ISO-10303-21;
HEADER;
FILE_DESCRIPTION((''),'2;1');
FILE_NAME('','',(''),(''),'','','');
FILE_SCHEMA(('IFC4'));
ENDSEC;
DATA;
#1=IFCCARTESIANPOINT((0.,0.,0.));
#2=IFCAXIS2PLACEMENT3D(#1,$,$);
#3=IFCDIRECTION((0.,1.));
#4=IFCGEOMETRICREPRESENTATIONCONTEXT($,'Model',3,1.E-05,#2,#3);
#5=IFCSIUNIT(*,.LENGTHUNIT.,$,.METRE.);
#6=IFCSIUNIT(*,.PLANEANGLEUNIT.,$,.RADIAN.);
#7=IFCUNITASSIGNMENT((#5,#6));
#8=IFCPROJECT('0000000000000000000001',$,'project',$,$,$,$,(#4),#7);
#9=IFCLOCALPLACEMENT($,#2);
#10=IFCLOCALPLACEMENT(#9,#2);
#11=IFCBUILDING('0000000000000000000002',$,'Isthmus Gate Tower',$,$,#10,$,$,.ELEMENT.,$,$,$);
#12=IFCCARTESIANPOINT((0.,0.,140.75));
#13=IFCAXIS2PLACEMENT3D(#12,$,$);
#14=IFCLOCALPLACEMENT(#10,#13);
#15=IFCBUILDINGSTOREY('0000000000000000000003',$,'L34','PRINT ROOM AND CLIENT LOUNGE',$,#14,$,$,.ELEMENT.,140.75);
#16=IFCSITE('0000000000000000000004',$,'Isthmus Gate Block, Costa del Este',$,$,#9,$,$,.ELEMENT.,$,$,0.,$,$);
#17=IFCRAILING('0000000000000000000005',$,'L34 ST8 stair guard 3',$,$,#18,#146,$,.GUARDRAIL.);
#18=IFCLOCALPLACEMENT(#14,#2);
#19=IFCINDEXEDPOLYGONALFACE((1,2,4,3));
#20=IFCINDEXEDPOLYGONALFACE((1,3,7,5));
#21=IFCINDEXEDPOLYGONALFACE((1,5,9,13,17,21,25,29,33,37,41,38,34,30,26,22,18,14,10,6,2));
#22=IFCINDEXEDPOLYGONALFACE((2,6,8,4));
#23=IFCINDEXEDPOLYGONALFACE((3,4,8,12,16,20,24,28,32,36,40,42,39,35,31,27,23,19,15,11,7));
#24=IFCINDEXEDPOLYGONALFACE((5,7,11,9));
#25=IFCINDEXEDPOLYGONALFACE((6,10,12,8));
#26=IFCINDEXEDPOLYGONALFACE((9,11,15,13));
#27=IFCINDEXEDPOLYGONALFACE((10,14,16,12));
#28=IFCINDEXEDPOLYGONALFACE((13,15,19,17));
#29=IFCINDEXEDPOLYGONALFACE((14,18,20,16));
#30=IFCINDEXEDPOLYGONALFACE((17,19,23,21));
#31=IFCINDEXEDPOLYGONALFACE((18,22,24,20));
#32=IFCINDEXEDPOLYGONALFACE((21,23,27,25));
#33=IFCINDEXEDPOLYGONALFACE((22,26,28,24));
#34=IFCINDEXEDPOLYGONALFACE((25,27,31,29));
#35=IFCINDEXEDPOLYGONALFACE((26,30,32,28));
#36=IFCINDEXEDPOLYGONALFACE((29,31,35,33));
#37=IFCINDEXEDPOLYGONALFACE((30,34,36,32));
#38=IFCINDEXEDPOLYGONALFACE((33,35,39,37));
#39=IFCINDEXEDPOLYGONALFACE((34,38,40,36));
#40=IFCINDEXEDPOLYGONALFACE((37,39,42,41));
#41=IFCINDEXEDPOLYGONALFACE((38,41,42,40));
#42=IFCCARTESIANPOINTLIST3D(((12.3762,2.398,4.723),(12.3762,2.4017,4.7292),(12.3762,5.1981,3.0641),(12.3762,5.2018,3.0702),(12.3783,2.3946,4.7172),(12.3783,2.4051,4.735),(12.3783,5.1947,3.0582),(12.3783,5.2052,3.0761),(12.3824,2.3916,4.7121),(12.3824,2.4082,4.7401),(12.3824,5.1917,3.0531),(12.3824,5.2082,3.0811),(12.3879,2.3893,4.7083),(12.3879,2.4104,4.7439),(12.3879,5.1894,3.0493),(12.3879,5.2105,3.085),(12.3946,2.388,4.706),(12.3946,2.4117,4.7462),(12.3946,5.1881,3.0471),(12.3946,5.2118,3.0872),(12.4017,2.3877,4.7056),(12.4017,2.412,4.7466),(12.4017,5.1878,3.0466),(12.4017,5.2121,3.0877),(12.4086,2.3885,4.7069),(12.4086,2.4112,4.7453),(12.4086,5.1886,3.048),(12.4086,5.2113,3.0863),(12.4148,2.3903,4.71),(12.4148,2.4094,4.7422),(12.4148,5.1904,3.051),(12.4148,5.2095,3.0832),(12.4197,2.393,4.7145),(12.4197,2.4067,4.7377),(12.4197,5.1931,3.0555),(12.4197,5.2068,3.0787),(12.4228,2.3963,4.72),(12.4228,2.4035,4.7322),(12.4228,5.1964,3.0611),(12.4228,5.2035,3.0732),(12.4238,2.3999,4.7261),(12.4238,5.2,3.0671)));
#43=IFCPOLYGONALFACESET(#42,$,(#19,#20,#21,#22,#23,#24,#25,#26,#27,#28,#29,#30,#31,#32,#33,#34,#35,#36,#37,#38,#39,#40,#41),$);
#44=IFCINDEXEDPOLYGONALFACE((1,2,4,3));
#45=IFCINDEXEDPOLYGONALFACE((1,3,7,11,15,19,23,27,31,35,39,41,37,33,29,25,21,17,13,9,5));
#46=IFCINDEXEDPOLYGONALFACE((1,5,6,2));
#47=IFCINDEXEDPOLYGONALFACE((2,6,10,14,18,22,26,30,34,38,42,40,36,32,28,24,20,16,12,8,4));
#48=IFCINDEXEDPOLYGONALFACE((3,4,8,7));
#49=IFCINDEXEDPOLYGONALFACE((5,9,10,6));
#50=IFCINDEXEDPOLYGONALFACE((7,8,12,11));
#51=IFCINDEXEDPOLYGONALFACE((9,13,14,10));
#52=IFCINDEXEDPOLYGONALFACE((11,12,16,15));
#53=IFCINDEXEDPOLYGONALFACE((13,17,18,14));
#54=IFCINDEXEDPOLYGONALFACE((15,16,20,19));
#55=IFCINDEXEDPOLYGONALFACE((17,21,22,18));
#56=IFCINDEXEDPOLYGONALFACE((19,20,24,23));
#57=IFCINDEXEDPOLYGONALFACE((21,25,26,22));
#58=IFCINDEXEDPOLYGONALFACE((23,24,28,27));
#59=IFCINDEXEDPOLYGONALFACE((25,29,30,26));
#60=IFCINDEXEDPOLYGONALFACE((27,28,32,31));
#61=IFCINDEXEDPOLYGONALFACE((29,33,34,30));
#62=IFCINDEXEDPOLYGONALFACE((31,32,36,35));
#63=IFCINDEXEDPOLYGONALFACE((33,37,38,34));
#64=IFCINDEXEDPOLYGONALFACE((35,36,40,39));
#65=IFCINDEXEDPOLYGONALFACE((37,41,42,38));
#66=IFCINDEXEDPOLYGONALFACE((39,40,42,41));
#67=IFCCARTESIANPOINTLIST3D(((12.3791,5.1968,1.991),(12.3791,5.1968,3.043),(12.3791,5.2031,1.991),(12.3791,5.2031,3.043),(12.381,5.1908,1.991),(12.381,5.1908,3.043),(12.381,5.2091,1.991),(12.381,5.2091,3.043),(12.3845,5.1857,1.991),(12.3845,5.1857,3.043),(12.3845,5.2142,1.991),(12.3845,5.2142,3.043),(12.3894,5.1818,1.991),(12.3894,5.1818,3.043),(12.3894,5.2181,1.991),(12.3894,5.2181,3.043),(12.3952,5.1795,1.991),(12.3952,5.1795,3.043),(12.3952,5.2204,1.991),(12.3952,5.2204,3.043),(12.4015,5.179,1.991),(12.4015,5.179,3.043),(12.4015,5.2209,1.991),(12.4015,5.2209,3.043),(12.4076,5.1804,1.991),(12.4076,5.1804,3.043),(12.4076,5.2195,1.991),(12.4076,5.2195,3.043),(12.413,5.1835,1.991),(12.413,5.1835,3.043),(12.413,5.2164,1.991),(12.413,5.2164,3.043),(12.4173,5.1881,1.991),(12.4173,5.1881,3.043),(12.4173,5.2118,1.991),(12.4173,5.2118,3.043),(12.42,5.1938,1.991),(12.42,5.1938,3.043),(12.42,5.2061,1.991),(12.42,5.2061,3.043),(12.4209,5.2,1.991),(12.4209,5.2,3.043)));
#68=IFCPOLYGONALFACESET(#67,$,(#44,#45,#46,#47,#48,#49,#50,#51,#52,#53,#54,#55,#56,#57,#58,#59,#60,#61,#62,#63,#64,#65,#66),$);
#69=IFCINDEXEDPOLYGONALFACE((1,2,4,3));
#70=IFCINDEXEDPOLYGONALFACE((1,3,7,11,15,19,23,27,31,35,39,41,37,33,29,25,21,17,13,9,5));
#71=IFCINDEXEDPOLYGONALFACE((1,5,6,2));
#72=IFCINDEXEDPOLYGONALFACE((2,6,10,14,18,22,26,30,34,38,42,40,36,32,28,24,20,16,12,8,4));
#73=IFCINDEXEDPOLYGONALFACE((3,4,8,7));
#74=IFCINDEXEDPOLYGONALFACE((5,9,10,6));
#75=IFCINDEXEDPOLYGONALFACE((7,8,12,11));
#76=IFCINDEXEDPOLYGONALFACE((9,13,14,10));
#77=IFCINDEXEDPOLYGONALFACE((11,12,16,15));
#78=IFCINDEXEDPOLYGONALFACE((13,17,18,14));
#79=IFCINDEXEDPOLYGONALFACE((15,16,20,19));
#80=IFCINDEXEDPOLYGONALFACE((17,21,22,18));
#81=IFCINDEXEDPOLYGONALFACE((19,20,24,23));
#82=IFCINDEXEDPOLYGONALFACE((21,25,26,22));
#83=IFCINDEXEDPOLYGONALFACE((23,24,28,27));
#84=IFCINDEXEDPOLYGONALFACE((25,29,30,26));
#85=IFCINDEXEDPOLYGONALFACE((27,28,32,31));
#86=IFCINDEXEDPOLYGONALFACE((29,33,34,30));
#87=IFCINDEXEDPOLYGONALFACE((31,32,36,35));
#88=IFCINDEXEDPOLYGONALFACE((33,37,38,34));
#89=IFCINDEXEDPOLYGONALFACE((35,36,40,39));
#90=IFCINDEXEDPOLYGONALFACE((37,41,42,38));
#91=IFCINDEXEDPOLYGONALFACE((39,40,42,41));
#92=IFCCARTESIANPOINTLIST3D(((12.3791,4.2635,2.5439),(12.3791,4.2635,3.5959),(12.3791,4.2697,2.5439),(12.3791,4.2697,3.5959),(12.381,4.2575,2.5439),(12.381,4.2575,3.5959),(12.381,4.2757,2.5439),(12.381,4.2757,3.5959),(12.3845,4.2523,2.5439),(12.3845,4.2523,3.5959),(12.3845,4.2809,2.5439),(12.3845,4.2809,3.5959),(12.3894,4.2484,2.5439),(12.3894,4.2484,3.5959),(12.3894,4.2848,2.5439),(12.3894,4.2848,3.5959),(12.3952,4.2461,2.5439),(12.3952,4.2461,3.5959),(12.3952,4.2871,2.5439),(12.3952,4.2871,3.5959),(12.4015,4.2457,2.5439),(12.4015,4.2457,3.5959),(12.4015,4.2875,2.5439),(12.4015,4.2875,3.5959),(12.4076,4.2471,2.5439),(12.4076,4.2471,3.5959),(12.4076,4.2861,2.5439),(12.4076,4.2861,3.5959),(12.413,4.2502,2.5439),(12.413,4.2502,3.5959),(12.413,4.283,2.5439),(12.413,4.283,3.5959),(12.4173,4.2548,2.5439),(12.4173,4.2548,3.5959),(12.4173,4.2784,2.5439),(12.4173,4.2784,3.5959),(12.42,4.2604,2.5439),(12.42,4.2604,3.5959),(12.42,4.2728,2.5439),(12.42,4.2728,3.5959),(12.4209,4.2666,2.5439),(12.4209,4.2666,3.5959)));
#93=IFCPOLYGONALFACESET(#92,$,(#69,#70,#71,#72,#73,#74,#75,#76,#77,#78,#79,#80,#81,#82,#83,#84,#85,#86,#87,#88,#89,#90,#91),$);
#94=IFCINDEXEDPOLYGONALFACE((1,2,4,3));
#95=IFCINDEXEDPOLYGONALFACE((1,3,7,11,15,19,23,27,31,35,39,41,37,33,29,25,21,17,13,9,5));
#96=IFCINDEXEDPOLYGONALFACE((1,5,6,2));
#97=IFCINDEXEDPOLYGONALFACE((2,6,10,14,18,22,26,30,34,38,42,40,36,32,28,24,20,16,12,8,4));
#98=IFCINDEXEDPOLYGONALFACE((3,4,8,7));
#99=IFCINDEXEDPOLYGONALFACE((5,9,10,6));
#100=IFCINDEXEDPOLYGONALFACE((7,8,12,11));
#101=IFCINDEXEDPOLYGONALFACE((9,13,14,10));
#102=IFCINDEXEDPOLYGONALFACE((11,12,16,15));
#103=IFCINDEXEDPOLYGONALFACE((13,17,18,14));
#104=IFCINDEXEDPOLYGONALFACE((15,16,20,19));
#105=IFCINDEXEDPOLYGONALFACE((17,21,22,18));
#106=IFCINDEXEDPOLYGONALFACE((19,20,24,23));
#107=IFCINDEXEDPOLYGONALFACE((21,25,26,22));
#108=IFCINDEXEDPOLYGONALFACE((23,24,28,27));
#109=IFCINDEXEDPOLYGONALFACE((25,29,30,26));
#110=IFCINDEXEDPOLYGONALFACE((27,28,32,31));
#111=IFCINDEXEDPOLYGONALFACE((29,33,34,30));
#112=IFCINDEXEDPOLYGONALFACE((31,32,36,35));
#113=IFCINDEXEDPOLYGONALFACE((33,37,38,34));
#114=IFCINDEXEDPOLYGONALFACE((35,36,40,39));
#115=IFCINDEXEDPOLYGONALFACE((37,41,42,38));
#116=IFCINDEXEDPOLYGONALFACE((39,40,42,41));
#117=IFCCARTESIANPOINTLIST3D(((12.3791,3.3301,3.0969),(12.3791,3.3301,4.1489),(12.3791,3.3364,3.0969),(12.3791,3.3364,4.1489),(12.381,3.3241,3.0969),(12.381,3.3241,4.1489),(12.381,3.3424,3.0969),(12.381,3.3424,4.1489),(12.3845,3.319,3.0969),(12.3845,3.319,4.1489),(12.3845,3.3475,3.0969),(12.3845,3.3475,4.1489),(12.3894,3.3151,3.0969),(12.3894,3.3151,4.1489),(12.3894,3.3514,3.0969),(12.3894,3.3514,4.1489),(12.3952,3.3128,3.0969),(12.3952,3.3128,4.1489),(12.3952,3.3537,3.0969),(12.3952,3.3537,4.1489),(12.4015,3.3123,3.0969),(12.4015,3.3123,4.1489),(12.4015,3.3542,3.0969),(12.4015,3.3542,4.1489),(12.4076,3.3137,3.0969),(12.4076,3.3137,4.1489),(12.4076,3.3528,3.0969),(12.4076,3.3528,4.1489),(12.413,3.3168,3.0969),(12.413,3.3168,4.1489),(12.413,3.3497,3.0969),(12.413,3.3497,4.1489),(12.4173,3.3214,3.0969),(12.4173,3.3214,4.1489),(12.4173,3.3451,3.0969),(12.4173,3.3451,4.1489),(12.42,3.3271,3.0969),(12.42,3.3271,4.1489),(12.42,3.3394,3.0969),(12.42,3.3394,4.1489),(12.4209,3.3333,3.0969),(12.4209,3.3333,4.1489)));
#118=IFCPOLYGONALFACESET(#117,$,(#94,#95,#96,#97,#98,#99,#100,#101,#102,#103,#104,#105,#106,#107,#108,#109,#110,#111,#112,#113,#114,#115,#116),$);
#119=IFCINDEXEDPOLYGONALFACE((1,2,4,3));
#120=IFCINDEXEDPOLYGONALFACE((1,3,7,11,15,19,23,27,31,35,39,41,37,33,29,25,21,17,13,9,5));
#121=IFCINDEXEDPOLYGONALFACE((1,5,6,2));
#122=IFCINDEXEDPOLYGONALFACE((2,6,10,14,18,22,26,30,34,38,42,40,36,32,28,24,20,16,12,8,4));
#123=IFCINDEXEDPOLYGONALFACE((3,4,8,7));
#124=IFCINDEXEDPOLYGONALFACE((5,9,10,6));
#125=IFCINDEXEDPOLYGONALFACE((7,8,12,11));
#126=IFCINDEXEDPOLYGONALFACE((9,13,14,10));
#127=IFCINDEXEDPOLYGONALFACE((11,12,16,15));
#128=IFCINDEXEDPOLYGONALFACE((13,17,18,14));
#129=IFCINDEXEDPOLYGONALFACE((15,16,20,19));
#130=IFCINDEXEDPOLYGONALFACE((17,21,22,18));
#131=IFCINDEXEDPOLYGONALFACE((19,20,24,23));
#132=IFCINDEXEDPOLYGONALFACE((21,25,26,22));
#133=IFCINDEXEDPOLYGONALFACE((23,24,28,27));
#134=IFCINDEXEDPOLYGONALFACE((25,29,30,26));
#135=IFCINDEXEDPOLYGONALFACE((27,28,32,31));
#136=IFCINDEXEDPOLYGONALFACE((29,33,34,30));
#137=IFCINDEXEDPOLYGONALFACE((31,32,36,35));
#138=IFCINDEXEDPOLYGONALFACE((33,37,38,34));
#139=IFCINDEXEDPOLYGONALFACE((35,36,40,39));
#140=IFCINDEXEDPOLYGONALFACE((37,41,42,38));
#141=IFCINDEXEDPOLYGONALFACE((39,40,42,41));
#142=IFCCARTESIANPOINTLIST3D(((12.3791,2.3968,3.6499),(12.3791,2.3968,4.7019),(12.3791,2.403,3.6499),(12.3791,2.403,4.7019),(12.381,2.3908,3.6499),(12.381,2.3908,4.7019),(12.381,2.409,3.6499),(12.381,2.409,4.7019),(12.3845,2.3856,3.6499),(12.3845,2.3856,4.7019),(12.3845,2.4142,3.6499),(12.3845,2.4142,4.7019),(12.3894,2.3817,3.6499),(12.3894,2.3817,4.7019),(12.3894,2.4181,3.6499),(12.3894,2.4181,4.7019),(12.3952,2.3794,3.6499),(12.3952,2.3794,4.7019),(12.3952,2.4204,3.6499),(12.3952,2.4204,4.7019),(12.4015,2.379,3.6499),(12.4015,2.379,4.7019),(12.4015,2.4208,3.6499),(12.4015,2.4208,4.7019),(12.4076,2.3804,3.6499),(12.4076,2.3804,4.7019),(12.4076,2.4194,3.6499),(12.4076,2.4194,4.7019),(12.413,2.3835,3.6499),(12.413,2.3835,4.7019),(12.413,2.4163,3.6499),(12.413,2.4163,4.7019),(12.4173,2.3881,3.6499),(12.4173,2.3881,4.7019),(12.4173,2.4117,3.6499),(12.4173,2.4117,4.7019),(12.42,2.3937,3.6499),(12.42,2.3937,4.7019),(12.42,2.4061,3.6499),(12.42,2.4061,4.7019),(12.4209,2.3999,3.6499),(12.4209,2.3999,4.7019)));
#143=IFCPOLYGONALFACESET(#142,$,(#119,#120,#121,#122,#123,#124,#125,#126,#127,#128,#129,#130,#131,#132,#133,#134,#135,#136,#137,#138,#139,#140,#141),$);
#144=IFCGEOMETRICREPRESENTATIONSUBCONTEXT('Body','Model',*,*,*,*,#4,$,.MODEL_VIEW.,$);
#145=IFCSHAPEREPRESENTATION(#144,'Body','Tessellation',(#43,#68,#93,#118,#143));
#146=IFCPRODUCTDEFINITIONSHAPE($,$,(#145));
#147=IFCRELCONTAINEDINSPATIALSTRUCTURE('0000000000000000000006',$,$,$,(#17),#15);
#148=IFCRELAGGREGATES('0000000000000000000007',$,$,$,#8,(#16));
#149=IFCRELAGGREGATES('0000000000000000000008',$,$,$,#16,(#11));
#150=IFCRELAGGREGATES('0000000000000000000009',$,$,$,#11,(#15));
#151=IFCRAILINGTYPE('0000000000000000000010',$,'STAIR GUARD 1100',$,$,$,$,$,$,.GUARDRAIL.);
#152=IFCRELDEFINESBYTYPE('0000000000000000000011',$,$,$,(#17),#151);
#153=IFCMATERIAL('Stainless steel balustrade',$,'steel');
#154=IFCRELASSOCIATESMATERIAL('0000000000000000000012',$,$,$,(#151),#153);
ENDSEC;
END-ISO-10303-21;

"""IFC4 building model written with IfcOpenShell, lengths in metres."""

from ifc_helpers import new_model, si_unit, direction, frame, origin, origin_2d, place, context, subcontext, project, spatial, circle, extrude, material, type_object, element, save


model = new_model("IFC4")

# Units and contexts
model_context = context("Model", 3, precision=1e-05, world=origin(), true_north=direction((0.0, 1.0)))
body_context = subcontext(model_context, "Body", "Model", "MODEL_VIEW")
ifc_project = project(units=[si_unit("LENGTHUNIT", "METRE"), si_unit("PLANEANGLEUNIT", "RADIAN")], contexts=[model_context])

# Site, building, storey
site_placement = place(None, origin())
site = spatial("IfcSite", under=ifc_project, at=site_placement, Name="Isthmus Gate Block, Costa del Este", CompositionType="ELEMENT", RefElevation=0.0)
building_placement = place(site_placement, origin())
building = spatial("IfcBuilding", under=site, at=building_placement, Name="Isthmus Gate Tower", CompositionType="ELEMENT")
storey_placement = place(building_placement, frame((0.0, 0.0, 140.75)))
storey = spatial("IfcBuildingStorey", under=building, at=storey_placement, Name="L34", Description="PRINT ROOM AND CLIENT LOUNGE", CompositionType="ELEMENT", Elevation=140.75)

# Railing
ifc_material_1 = material(Name="Stainless steel balustrade", Category="steel")
railing_type_1 = type_object("IfcRailingType", Name="STAIR GUARD 1100", PredefinedType="GUARDRAIL", material=ifc_material_1)
railing_1_placement = place(storey_placement, frame((12.3999, 5.2, 1.991)))
element("IfcRailing", 1, at=railing_1_placement, inside=storey, type_object=railing_type_1, Name="L34 ST8 stair guard 3", PredefinedType="GUARDRAIL", context=body_context, shape_type="SweptSolid", body=[
    extrude(circle(Radius=0.0239, at=origin_2d()), frame((0.0, 0.0, 1.0762), z_axis=(0.0, -0.860339, 0.509722), x_axis=(1.0, 0.0, 0.0)), (0.0, 0.0, 1.0), 3.2546),
    extrude(circle(Radius=0.021, at=origin_2d()), origin(), (0.0, 0.0, 1.0), 1.052),
    extrude(circle(Radius=0.021, at=origin_2d()), frame((0.0, -0.9333, 0.553)), (0.0, 0.0, 1.0), 1.052),
    extrude(circle(Radius=0.021, at=origin_2d()), frame((0.0, -1.8667, 1.106)), (0.0, 0.0, 1.0), 1.052),
    extrude(circle(Radius=0.021, at=origin_2d()), frame((0.0, -2.8, 1.6589)), (0.0, 0.0, 1.0), 1.052),
])

save(model, "model.ifc")
